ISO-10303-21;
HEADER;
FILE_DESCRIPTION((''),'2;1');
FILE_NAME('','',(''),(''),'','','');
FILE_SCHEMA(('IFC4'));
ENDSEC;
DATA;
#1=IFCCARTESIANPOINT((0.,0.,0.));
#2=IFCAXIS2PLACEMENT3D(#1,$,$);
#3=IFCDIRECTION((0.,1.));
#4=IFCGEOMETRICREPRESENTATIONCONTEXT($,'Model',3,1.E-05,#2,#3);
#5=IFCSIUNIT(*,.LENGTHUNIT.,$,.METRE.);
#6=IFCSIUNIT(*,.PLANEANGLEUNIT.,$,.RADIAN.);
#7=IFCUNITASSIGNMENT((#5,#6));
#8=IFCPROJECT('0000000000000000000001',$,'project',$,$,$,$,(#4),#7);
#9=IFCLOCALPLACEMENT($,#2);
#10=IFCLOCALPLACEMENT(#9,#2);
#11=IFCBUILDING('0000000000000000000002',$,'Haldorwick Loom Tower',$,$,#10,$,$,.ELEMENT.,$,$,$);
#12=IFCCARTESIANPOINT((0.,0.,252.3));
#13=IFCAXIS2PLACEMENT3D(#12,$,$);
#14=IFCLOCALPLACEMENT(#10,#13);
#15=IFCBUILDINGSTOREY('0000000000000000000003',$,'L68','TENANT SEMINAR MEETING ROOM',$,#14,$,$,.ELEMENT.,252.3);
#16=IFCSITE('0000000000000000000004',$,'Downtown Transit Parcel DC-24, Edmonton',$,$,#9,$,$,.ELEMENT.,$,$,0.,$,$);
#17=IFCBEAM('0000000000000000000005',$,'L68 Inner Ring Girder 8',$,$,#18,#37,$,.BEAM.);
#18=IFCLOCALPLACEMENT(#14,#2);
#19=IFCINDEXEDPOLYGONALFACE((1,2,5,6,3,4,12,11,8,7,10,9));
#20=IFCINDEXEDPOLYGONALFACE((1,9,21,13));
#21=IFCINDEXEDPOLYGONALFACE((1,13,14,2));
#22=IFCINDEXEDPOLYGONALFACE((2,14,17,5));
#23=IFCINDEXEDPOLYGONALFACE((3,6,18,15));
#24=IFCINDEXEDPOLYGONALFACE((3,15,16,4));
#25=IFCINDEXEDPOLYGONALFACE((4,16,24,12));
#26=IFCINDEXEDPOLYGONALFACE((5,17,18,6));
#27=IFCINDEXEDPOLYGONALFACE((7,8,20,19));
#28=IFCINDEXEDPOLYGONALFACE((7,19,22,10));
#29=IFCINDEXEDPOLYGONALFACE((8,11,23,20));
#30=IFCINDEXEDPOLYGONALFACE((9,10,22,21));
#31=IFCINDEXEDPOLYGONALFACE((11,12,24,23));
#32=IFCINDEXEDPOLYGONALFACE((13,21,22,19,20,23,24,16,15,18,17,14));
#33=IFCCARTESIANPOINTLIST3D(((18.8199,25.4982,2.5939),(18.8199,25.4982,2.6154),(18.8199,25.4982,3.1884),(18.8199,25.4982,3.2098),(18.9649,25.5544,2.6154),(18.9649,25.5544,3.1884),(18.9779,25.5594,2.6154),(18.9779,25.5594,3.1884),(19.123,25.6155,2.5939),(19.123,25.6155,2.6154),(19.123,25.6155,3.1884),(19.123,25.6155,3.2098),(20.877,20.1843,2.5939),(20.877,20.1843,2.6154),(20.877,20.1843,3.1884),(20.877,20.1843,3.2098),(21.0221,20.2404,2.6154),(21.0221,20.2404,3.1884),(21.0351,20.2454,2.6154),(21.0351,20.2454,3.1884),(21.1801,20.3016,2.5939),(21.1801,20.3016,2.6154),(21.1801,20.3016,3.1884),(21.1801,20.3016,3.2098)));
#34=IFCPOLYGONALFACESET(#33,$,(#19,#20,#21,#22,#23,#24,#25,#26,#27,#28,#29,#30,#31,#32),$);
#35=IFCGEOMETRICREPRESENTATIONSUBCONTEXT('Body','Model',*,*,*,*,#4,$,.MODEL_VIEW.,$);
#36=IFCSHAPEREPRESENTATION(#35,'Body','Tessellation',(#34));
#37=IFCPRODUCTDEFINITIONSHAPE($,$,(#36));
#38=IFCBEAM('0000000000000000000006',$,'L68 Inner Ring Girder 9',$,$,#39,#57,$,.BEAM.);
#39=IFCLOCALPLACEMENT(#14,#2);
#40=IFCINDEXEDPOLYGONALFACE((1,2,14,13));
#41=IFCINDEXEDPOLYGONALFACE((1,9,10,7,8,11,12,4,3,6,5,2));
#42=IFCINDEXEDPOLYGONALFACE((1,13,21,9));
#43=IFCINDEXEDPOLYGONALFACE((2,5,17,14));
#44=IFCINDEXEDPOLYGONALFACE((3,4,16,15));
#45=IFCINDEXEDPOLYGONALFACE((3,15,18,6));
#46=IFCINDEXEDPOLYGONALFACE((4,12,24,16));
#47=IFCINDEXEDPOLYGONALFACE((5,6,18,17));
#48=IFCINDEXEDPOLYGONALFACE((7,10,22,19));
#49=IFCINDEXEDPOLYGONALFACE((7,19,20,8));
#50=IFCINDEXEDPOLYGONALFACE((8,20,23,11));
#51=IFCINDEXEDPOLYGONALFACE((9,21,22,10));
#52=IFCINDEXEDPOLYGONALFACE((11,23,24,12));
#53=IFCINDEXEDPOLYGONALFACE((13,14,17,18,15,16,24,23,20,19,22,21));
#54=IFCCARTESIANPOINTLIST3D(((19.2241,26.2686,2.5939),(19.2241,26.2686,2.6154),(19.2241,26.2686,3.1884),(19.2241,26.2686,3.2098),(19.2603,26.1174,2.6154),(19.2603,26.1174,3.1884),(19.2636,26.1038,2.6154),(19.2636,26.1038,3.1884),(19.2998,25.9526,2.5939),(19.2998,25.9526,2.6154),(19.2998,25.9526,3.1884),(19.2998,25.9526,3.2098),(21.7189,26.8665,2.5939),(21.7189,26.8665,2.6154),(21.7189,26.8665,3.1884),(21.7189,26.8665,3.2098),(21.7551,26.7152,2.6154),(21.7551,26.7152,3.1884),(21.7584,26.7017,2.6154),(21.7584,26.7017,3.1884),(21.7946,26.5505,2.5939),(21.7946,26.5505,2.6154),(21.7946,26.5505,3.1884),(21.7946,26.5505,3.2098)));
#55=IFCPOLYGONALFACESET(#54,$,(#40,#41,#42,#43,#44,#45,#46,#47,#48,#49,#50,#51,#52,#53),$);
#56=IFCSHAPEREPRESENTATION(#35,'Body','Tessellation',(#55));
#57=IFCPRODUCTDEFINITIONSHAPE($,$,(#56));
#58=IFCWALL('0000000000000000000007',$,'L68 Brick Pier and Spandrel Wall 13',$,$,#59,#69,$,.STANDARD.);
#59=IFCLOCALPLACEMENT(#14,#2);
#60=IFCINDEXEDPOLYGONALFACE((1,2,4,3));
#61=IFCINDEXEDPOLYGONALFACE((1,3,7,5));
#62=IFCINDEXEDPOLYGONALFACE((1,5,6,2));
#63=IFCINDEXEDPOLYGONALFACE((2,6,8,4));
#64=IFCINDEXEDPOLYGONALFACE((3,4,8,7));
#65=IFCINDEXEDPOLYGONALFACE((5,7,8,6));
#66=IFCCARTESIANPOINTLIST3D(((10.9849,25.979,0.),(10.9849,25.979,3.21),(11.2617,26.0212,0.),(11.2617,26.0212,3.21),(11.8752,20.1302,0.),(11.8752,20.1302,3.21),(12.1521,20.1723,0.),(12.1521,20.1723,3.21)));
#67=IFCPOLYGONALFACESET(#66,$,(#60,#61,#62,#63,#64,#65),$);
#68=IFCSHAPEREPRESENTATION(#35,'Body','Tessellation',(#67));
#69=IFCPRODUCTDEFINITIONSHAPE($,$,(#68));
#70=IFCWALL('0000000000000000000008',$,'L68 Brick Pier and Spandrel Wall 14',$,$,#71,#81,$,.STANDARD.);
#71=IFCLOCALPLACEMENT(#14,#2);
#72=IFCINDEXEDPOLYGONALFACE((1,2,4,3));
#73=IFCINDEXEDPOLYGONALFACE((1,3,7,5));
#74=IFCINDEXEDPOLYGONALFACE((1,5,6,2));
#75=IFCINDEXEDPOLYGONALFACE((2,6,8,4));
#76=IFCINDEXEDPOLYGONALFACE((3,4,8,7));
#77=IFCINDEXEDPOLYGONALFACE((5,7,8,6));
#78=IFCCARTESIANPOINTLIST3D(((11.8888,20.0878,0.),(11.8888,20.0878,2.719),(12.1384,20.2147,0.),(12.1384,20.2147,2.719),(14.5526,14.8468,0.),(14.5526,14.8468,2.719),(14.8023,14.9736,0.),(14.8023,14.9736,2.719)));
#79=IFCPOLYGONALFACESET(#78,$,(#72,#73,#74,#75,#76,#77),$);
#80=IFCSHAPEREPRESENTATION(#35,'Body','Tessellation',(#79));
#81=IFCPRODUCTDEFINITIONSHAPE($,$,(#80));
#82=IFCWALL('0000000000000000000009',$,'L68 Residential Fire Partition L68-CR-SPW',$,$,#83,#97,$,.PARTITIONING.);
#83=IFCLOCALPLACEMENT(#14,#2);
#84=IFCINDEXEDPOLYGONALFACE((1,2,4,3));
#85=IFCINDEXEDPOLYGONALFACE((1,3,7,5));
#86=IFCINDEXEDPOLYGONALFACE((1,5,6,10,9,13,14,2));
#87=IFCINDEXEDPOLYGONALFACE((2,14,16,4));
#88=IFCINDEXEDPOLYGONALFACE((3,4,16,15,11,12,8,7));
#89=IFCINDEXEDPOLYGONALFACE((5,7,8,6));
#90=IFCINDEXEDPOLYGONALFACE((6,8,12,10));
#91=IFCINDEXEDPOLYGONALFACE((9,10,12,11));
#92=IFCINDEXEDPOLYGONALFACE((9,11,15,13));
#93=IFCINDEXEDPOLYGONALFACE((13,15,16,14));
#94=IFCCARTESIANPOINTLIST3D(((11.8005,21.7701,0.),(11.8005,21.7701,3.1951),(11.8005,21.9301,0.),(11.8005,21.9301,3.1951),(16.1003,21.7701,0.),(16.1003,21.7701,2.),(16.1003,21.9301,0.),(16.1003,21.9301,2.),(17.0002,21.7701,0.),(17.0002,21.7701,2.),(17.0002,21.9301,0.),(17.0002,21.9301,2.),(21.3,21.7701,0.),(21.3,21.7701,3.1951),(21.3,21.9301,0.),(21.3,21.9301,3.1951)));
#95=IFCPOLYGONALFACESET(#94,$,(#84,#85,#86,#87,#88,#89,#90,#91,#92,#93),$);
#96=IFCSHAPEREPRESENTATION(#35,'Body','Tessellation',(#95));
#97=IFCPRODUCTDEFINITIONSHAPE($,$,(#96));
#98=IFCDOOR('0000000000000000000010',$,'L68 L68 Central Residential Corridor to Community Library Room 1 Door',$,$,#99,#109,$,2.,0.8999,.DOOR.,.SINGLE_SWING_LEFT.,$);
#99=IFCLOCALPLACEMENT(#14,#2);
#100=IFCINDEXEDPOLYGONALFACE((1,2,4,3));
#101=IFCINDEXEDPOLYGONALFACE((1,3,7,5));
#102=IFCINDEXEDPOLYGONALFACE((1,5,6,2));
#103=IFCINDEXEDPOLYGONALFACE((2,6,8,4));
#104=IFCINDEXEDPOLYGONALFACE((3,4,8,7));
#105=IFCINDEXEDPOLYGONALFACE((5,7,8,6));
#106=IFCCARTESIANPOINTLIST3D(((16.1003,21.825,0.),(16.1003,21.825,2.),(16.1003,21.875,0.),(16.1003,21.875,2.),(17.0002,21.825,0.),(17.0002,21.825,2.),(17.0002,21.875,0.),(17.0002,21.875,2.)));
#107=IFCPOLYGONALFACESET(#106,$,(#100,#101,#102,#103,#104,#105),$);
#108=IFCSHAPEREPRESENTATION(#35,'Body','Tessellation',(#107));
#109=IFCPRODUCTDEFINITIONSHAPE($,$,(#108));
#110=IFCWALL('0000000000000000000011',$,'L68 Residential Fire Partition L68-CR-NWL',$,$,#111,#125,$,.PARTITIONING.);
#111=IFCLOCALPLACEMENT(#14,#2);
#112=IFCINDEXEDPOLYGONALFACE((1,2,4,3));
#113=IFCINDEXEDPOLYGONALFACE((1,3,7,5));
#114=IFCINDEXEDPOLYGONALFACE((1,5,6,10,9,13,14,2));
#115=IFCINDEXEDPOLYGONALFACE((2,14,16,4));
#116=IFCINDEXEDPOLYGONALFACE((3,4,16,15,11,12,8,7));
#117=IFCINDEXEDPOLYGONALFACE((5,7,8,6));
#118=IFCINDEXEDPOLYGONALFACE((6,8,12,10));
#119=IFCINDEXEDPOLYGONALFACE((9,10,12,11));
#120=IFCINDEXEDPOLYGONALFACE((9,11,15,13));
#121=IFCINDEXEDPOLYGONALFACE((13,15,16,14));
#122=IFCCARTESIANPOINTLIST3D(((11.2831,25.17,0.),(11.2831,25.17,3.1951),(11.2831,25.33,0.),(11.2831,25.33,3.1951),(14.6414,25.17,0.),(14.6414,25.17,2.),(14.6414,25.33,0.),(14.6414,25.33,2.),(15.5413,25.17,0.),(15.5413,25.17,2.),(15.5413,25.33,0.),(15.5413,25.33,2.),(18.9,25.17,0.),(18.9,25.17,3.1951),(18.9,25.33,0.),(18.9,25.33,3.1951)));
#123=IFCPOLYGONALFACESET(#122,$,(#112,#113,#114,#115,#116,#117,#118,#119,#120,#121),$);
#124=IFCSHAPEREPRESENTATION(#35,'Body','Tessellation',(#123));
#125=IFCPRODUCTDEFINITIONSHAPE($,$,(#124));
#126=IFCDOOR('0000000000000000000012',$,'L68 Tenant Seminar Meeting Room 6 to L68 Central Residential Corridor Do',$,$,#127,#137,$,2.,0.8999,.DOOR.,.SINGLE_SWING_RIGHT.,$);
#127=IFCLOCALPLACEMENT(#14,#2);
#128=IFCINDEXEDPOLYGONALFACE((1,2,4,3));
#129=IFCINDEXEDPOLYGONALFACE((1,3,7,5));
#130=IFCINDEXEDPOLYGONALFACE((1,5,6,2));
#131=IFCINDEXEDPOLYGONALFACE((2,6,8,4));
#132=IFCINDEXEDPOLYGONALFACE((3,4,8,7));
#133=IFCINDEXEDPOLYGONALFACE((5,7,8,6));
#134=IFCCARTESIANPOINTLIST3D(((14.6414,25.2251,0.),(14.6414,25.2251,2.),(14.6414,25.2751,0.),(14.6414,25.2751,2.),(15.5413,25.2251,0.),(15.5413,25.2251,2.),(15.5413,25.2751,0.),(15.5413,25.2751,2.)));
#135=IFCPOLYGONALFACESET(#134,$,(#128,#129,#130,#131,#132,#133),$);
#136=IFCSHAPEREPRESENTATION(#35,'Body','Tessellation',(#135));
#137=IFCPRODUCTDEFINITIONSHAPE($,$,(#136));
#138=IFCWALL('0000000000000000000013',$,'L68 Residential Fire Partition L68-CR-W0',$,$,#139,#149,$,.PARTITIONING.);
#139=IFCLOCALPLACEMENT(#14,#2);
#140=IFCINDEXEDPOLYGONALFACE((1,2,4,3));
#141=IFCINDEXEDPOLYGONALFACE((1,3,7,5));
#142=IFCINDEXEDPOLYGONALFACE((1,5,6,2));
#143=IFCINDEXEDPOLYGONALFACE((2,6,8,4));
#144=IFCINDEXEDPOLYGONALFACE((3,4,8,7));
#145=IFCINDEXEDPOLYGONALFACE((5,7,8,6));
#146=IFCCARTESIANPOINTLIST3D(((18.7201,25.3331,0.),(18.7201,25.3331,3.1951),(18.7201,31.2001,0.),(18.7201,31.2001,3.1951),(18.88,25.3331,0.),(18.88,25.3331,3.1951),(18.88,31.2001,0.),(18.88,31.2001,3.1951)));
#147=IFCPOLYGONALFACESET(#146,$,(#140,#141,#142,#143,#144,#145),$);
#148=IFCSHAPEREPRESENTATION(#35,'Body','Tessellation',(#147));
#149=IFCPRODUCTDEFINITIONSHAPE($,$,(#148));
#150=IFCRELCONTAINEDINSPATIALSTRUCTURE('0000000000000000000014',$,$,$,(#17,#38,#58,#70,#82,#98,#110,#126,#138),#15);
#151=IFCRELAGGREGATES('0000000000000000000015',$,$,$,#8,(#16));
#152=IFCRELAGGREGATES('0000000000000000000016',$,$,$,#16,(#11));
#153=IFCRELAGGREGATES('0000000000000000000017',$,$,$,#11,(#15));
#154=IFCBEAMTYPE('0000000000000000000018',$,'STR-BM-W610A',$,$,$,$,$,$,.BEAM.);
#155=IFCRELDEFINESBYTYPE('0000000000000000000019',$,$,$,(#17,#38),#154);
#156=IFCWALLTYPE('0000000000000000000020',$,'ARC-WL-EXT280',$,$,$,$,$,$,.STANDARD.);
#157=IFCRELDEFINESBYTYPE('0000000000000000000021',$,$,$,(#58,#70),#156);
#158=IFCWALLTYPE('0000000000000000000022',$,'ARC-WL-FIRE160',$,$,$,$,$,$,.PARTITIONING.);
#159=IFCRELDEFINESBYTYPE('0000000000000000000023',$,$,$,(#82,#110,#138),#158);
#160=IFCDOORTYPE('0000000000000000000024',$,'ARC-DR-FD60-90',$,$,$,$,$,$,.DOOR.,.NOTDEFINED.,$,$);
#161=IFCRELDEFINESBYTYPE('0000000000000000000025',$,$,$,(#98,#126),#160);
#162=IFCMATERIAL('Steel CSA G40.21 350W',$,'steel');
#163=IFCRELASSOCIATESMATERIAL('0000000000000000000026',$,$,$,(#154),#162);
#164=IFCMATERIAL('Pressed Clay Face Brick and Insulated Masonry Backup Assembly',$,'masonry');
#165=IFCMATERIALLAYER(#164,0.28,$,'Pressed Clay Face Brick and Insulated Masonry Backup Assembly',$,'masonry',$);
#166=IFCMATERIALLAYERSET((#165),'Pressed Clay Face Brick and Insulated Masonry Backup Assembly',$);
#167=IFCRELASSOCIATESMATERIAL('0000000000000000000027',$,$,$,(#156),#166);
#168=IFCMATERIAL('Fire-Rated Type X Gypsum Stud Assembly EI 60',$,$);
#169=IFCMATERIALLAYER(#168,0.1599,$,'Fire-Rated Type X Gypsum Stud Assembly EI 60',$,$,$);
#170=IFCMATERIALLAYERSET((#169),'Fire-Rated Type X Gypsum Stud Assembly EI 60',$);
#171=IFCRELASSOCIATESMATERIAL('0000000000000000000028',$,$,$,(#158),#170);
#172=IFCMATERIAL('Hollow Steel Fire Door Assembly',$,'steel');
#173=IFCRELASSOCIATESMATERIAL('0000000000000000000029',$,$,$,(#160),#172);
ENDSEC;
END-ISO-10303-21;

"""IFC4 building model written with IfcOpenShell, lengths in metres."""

from ifc_helpers import new_model, si_unit, direction, frame, frame_2d, origin, origin_2d, place, context, subcontext, project, spatial, rectangle, i_section, extrude, material, layer, layer_set, material_profile, profile_set, type_object, element, fill, save


model = new_model("IFC4")

# Units and contexts
model_context = context("Model", 3, precision=1e-05, world=origin(), true_north=direction((0.0, 1.0)))
body_context = subcontext(model_context, "Body", "Model", "MODEL_VIEW")
ifc_project = project(units=[si_unit("LENGTHUNIT", "METRE"), si_unit("PLANEANGLEUNIT", "RADIAN")], contexts=[model_context])

# Site, building, storey
site_placement = place(None, origin())
site = spatial("IfcSite", under=ifc_project, at=site_placement, Name="Downtown Transit Parcel DC-24, Edmonton", CompositionType="ELEMENT", RefElevation=0.0)
building_placement = place(site_placement, origin())
building = spatial("IfcBuilding", under=site, at=building_placement, Name="Haldorwick Loom Tower", CompositionType="ELEMENT")
storey_placement = place(building_placement, frame((0.0, 0.0, 252.3)))
storey = spatial("IfcBuildingStorey", under=building, at=storey_placement, Name="L68", Description="TENANT SEMINAR MEETING ROOM", CompositionType="ELEMENT", Elevation=252.3)

# Beams
ifc_material_1 = material(Name="Steel CSA G40.21 350W", Category="steel")
ifc_material_profile_1 = material_profile(ifc_material_1, i_section(OverallWidth=0.325, OverallDepth=0.616, WebThickness=0.0139, FlangeThickness=0.0215, at=origin_2d()), Name="W610X174", Category="steel")
ifc_profile_set_1 = profile_set([ifc_material_profile_1], Name="Steel CSA G40.21 350W")
beam_type_1 = type_object("IfcBeamType", Name="STR-BM-W610A", PredefinedType="BEAM", material=ifc_profile_set_1)
beam_1_placement = place(storey_placement, frame((21.0286, 20.2429, 2.9019), z_axis=(-0.361011, 0.932562, 0.0), x_axis=(-0.932562, -0.361011, 0.0)))
element("IfcBeam", 1, at=beam_1_placement, inside=storey, type_object=beam_type_1, Name="L68 Inner Ring Girder 8", PredefinedType="BEAM", context=body_context, shape_type="SweptSolid", body=[
    extrude(i_section(OverallWidth=0.325, OverallDepth=0.616, WebThickness=0.0139, FlangeThickness=0.0215, at=origin_2d()), origin(), (0.0, 0.0, 1.0), 5.6982),
])
beam_2_placement = place(storey_placement, frame((19.262, 26.1106, 2.9019), z_axis=(0.972464, 0.233053, 0.0), x_axis=(-0.233053, 0.972464, 0.0)))
element("IfcBeam", 2, at=beam_2_placement, inside=storey, type_object=beam_type_1, Name="L68 Inner Ring Girder 9", PredefinedType="BEAM", context=body_context, shape_type="SweptSolid", body=[
    extrude(i_section(OverallWidth=0.325, OverallDepth=0.616, WebThickness=0.0139, FlangeThickness=0.0215, at=origin_2d()), origin(), (0.0, 0.0, 1.0), 2.5654),
])

# Walls
ifc_material_2 = material(Name="Pressed Clay Face Brick and Insulated Masonry Backup Assembly", Category="masonry")
ifc_layer_1 = layer(ifc_material_2, 0.28, Name="Pressed Clay Face Brick and Insulated Masonry Backup Assembly", Category="masonry")
ifc_layer_set_1 = layer_set([ifc_layer_1], Name="Pressed Clay Face Brick and Insulated Masonry Backup Assembly")
wall_type_1 = type_object("IfcWallType", Name="ARC-WL-EXT280", PredefinedType="STANDARD", material=ifc_layer_set_1)
wall_1_placement = place(storey_placement, frame((11.1233, 26.0, 0.0), z_axis=(0.0, 0.0, 1.0), x_axis=(0.150497, -0.98861, 0.0)))
element("IfcWall", 3, at=wall_1_placement, inside=storey, type_object=wall_type_1, Name="L68 Brick Pier and Spandrel Wall 13", PredefinedType="STANDARD", context=body_context, shape_type="SweptSolid", body=[
    extrude(rectangle(XDim=5.9163, YDim=0.28, at=frame_2d((2.958, 0.0))), origin(), (0.0, 0.0, 1.0), 3.21),
])
wall_2_placement = place(storey_placement, frame((12.0137, 20.1511, 0.0), z_axis=(0.0, 0.0, 1.0), x_axis=(0.453101, -0.891459, 0.0)))
element("IfcWall", 4, at=wall_2_placement, inside=storey, type_object=wall_type_1, Name="L68 Brick Pier and Spandrel Wall 14", PredefinedType="STANDARD", context=body_context, shape_type="SweptSolid", body=[
    extrude(rectangle(XDim=5.8792, YDim=0.28, at=frame_2d((2.9395, 0.0))), origin(), (0.0, 0.0, 1.0), 2.719),
])

# Walls, openings, doors
ifc_material_3 = material(Name="Fire-Rated Type X Gypsum Stud Assembly EI 60")
ifc_layer_2 = layer(ifc_material_3, 0.1599, Name="Fire-Rated Type X Gypsum Stud Assembly EI 60")
ifc_layer_set_2 = layer_set([ifc_layer_2], Name="Fire-Rated Type X Gypsum Stud Assembly EI 60")
wall_type_2 = type_object("IfcWallType", Name="ARC-WL-FIRE160", PredefinedType="PARTITIONING", material=ifc_layer_set_2)
wall_3_placement = place(storey_placement, frame((11.8005, 21.8501, 0.0), z_axis=(0.0, 0.0, 1.0), x_axis=(1.0, 0.0, 0.0)))
wall_3 = element("IfcWall", 5, at=wall_3_placement, inside=storey, type_object=wall_type_2, Name="L68 Residential Fire Partition L68-CR-SPW", PredefinedType="PARTITIONING", context=body_context, shape_type="SweptSolid", body=[
    extrude(rectangle(XDim=9.4995, YDim=0.1599, at=frame_2d((4.7498, 0.0))), origin(), (0.0, 0.0, 1.0), 3.1951),
])
opening_1_placement = place(wall_3_placement, frame((4.2998, 0.0, 0.0)))
opening_1 = element("IfcOpeningElement", 6, at=opening_1_placement, cuts=wall_3, PredefinedType="OPENING", context=body_context, shape_type="SweptSolid", body=[
    extrude(rectangle(XDim=0.8999, YDim=2.0, at=frame_2d((0.45, 1.0))), frame((0.0, 0.0898, 0.0), z_axis=(0.0, -1.0, 0.0), x_axis=(1.0, 0.0, 0.0)), (0.0, 0.0, 1.0), 0.1799),
])
ifc_material_4 = material(Name="Hollow Steel Fire Door Assembly", Category="steel")
door_type = type_object("IfcDoorType", Name="ARC-DR-FD60-90", OperationType="NOTDEFINED", PredefinedType="DOOR", material=ifc_material_4)
door_1_placement = place(opening_1_placement, origin())
door_1 = element("IfcDoor", 7, at=door_1_placement, inside=storey, type_object=door_type, Name="L68 L68 Central Residential Corridor to Community Library Room 1 Door", OperationType="SINGLE_SWING_LEFT", OverallHeight=2.0, OverallWidth=0.8999, PredefinedType="DOOR", context=body_context, shape_type="SweptSolid", body=[
    extrude(rectangle(XDim=0.8999, YDim=2.0, at=frame_2d((0.45, 1.0))), frame((0.0, 0.0249, 0.0), z_axis=(0.0, -1.0, 0.0), x_axis=(1.0, 0.0, 0.0)), (0.0, 0.0, 1.0), 0.05),
])
fill(opening_1, door_1)
wall_4_placement = place(storey_placement, frame((11.283, 25.25, 0.0), z_axis=(0.0, 0.0, 1.0), x_axis=(1.0, 0.0, 0.0)))
wall_4 = element("IfcWall", 8, at=wall_4_placement, inside=storey, type_object=wall_type_2, Name="L68 Residential Fire Partition L68-CR-NWL", PredefinedType="PARTITIONING", context=body_context, shape_type="SweptSolid", body=[
    extrude(rectangle(XDim=7.6169, YDim=0.1599, at=frame_2d((3.8086, 0.0))), origin(), (0.0, 0.0, 1.0), 3.1951),
])
opening_2_placement = place(wall_4_placement, frame((3.3584, 0.0, 0.0)))
opening_2 = element("IfcOpeningElement", 9, at=opening_2_placement, cuts=wall_4, PredefinedType="OPENING", context=body_context, shape_type="SweptSolid", body=[
    extrude(rectangle(XDim=0.8999, YDim=2.0, at=frame_2d((0.45, 1.0))), frame((0.0, 0.0898, 0.0), z_axis=(0.0, -1.0, 0.0), x_axis=(1.0, 0.0, 0.0)), (0.0, 0.0, 1.0), 0.1799),
])
door_2_placement = place(opening_2_placement, frame((0.8999, 0.0, 0.0), z_axis=(0.0, 0.0, 1.0), x_axis=(-1.0, 0.0, 0.0)))
door_2 = element("IfcDoor", 10, at=door_2_placement, inside=storey, type_object=door_type, Name="L68 Tenant Seminar Meeting Room 6 to L68 Central Residential Corridor Do", OperationType="SINGLE_SWING_RIGHT", OverallHeight=2.0, OverallWidth=0.8999, PredefinedType="DOOR", context=body_context, shape_type="SweptSolid", body=[
    extrude(rectangle(XDim=0.8999, YDim=2.0, at=frame_2d((0.45, 1.0))), frame((0.0, 0.0249, 0.0), z_axis=(0.0, -1.0, 0.0), x_axis=(1.0, 0.0, 0.0)), (0.0, 0.0, 1.0), 0.05),
])
fill(opening_2, door_2)

# Wall
wall_5_placement = place(storey_placement, frame((18.8, 25.333, 0.0), z_axis=(0.0, 0.0, 1.0), x_axis=(0.0, 1.0, 0.0)))
element("IfcWall", 11, at=wall_5_placement, inside=storey, type_object=wall_type_2, Name="L68 Residential Fire Partition L68-CR-W0", PredefinedType="PARTITIONING", context=body_context, shape_type="SweptSolid", body=[
    extrude(rectangle(XDim=5.8669, YDim=0.1599, at=frame_2d((2.9336, 0.0))), origin(), (0.0, 0.0, 1.0), 3.1951),
])

save(model, "model.ifc")
